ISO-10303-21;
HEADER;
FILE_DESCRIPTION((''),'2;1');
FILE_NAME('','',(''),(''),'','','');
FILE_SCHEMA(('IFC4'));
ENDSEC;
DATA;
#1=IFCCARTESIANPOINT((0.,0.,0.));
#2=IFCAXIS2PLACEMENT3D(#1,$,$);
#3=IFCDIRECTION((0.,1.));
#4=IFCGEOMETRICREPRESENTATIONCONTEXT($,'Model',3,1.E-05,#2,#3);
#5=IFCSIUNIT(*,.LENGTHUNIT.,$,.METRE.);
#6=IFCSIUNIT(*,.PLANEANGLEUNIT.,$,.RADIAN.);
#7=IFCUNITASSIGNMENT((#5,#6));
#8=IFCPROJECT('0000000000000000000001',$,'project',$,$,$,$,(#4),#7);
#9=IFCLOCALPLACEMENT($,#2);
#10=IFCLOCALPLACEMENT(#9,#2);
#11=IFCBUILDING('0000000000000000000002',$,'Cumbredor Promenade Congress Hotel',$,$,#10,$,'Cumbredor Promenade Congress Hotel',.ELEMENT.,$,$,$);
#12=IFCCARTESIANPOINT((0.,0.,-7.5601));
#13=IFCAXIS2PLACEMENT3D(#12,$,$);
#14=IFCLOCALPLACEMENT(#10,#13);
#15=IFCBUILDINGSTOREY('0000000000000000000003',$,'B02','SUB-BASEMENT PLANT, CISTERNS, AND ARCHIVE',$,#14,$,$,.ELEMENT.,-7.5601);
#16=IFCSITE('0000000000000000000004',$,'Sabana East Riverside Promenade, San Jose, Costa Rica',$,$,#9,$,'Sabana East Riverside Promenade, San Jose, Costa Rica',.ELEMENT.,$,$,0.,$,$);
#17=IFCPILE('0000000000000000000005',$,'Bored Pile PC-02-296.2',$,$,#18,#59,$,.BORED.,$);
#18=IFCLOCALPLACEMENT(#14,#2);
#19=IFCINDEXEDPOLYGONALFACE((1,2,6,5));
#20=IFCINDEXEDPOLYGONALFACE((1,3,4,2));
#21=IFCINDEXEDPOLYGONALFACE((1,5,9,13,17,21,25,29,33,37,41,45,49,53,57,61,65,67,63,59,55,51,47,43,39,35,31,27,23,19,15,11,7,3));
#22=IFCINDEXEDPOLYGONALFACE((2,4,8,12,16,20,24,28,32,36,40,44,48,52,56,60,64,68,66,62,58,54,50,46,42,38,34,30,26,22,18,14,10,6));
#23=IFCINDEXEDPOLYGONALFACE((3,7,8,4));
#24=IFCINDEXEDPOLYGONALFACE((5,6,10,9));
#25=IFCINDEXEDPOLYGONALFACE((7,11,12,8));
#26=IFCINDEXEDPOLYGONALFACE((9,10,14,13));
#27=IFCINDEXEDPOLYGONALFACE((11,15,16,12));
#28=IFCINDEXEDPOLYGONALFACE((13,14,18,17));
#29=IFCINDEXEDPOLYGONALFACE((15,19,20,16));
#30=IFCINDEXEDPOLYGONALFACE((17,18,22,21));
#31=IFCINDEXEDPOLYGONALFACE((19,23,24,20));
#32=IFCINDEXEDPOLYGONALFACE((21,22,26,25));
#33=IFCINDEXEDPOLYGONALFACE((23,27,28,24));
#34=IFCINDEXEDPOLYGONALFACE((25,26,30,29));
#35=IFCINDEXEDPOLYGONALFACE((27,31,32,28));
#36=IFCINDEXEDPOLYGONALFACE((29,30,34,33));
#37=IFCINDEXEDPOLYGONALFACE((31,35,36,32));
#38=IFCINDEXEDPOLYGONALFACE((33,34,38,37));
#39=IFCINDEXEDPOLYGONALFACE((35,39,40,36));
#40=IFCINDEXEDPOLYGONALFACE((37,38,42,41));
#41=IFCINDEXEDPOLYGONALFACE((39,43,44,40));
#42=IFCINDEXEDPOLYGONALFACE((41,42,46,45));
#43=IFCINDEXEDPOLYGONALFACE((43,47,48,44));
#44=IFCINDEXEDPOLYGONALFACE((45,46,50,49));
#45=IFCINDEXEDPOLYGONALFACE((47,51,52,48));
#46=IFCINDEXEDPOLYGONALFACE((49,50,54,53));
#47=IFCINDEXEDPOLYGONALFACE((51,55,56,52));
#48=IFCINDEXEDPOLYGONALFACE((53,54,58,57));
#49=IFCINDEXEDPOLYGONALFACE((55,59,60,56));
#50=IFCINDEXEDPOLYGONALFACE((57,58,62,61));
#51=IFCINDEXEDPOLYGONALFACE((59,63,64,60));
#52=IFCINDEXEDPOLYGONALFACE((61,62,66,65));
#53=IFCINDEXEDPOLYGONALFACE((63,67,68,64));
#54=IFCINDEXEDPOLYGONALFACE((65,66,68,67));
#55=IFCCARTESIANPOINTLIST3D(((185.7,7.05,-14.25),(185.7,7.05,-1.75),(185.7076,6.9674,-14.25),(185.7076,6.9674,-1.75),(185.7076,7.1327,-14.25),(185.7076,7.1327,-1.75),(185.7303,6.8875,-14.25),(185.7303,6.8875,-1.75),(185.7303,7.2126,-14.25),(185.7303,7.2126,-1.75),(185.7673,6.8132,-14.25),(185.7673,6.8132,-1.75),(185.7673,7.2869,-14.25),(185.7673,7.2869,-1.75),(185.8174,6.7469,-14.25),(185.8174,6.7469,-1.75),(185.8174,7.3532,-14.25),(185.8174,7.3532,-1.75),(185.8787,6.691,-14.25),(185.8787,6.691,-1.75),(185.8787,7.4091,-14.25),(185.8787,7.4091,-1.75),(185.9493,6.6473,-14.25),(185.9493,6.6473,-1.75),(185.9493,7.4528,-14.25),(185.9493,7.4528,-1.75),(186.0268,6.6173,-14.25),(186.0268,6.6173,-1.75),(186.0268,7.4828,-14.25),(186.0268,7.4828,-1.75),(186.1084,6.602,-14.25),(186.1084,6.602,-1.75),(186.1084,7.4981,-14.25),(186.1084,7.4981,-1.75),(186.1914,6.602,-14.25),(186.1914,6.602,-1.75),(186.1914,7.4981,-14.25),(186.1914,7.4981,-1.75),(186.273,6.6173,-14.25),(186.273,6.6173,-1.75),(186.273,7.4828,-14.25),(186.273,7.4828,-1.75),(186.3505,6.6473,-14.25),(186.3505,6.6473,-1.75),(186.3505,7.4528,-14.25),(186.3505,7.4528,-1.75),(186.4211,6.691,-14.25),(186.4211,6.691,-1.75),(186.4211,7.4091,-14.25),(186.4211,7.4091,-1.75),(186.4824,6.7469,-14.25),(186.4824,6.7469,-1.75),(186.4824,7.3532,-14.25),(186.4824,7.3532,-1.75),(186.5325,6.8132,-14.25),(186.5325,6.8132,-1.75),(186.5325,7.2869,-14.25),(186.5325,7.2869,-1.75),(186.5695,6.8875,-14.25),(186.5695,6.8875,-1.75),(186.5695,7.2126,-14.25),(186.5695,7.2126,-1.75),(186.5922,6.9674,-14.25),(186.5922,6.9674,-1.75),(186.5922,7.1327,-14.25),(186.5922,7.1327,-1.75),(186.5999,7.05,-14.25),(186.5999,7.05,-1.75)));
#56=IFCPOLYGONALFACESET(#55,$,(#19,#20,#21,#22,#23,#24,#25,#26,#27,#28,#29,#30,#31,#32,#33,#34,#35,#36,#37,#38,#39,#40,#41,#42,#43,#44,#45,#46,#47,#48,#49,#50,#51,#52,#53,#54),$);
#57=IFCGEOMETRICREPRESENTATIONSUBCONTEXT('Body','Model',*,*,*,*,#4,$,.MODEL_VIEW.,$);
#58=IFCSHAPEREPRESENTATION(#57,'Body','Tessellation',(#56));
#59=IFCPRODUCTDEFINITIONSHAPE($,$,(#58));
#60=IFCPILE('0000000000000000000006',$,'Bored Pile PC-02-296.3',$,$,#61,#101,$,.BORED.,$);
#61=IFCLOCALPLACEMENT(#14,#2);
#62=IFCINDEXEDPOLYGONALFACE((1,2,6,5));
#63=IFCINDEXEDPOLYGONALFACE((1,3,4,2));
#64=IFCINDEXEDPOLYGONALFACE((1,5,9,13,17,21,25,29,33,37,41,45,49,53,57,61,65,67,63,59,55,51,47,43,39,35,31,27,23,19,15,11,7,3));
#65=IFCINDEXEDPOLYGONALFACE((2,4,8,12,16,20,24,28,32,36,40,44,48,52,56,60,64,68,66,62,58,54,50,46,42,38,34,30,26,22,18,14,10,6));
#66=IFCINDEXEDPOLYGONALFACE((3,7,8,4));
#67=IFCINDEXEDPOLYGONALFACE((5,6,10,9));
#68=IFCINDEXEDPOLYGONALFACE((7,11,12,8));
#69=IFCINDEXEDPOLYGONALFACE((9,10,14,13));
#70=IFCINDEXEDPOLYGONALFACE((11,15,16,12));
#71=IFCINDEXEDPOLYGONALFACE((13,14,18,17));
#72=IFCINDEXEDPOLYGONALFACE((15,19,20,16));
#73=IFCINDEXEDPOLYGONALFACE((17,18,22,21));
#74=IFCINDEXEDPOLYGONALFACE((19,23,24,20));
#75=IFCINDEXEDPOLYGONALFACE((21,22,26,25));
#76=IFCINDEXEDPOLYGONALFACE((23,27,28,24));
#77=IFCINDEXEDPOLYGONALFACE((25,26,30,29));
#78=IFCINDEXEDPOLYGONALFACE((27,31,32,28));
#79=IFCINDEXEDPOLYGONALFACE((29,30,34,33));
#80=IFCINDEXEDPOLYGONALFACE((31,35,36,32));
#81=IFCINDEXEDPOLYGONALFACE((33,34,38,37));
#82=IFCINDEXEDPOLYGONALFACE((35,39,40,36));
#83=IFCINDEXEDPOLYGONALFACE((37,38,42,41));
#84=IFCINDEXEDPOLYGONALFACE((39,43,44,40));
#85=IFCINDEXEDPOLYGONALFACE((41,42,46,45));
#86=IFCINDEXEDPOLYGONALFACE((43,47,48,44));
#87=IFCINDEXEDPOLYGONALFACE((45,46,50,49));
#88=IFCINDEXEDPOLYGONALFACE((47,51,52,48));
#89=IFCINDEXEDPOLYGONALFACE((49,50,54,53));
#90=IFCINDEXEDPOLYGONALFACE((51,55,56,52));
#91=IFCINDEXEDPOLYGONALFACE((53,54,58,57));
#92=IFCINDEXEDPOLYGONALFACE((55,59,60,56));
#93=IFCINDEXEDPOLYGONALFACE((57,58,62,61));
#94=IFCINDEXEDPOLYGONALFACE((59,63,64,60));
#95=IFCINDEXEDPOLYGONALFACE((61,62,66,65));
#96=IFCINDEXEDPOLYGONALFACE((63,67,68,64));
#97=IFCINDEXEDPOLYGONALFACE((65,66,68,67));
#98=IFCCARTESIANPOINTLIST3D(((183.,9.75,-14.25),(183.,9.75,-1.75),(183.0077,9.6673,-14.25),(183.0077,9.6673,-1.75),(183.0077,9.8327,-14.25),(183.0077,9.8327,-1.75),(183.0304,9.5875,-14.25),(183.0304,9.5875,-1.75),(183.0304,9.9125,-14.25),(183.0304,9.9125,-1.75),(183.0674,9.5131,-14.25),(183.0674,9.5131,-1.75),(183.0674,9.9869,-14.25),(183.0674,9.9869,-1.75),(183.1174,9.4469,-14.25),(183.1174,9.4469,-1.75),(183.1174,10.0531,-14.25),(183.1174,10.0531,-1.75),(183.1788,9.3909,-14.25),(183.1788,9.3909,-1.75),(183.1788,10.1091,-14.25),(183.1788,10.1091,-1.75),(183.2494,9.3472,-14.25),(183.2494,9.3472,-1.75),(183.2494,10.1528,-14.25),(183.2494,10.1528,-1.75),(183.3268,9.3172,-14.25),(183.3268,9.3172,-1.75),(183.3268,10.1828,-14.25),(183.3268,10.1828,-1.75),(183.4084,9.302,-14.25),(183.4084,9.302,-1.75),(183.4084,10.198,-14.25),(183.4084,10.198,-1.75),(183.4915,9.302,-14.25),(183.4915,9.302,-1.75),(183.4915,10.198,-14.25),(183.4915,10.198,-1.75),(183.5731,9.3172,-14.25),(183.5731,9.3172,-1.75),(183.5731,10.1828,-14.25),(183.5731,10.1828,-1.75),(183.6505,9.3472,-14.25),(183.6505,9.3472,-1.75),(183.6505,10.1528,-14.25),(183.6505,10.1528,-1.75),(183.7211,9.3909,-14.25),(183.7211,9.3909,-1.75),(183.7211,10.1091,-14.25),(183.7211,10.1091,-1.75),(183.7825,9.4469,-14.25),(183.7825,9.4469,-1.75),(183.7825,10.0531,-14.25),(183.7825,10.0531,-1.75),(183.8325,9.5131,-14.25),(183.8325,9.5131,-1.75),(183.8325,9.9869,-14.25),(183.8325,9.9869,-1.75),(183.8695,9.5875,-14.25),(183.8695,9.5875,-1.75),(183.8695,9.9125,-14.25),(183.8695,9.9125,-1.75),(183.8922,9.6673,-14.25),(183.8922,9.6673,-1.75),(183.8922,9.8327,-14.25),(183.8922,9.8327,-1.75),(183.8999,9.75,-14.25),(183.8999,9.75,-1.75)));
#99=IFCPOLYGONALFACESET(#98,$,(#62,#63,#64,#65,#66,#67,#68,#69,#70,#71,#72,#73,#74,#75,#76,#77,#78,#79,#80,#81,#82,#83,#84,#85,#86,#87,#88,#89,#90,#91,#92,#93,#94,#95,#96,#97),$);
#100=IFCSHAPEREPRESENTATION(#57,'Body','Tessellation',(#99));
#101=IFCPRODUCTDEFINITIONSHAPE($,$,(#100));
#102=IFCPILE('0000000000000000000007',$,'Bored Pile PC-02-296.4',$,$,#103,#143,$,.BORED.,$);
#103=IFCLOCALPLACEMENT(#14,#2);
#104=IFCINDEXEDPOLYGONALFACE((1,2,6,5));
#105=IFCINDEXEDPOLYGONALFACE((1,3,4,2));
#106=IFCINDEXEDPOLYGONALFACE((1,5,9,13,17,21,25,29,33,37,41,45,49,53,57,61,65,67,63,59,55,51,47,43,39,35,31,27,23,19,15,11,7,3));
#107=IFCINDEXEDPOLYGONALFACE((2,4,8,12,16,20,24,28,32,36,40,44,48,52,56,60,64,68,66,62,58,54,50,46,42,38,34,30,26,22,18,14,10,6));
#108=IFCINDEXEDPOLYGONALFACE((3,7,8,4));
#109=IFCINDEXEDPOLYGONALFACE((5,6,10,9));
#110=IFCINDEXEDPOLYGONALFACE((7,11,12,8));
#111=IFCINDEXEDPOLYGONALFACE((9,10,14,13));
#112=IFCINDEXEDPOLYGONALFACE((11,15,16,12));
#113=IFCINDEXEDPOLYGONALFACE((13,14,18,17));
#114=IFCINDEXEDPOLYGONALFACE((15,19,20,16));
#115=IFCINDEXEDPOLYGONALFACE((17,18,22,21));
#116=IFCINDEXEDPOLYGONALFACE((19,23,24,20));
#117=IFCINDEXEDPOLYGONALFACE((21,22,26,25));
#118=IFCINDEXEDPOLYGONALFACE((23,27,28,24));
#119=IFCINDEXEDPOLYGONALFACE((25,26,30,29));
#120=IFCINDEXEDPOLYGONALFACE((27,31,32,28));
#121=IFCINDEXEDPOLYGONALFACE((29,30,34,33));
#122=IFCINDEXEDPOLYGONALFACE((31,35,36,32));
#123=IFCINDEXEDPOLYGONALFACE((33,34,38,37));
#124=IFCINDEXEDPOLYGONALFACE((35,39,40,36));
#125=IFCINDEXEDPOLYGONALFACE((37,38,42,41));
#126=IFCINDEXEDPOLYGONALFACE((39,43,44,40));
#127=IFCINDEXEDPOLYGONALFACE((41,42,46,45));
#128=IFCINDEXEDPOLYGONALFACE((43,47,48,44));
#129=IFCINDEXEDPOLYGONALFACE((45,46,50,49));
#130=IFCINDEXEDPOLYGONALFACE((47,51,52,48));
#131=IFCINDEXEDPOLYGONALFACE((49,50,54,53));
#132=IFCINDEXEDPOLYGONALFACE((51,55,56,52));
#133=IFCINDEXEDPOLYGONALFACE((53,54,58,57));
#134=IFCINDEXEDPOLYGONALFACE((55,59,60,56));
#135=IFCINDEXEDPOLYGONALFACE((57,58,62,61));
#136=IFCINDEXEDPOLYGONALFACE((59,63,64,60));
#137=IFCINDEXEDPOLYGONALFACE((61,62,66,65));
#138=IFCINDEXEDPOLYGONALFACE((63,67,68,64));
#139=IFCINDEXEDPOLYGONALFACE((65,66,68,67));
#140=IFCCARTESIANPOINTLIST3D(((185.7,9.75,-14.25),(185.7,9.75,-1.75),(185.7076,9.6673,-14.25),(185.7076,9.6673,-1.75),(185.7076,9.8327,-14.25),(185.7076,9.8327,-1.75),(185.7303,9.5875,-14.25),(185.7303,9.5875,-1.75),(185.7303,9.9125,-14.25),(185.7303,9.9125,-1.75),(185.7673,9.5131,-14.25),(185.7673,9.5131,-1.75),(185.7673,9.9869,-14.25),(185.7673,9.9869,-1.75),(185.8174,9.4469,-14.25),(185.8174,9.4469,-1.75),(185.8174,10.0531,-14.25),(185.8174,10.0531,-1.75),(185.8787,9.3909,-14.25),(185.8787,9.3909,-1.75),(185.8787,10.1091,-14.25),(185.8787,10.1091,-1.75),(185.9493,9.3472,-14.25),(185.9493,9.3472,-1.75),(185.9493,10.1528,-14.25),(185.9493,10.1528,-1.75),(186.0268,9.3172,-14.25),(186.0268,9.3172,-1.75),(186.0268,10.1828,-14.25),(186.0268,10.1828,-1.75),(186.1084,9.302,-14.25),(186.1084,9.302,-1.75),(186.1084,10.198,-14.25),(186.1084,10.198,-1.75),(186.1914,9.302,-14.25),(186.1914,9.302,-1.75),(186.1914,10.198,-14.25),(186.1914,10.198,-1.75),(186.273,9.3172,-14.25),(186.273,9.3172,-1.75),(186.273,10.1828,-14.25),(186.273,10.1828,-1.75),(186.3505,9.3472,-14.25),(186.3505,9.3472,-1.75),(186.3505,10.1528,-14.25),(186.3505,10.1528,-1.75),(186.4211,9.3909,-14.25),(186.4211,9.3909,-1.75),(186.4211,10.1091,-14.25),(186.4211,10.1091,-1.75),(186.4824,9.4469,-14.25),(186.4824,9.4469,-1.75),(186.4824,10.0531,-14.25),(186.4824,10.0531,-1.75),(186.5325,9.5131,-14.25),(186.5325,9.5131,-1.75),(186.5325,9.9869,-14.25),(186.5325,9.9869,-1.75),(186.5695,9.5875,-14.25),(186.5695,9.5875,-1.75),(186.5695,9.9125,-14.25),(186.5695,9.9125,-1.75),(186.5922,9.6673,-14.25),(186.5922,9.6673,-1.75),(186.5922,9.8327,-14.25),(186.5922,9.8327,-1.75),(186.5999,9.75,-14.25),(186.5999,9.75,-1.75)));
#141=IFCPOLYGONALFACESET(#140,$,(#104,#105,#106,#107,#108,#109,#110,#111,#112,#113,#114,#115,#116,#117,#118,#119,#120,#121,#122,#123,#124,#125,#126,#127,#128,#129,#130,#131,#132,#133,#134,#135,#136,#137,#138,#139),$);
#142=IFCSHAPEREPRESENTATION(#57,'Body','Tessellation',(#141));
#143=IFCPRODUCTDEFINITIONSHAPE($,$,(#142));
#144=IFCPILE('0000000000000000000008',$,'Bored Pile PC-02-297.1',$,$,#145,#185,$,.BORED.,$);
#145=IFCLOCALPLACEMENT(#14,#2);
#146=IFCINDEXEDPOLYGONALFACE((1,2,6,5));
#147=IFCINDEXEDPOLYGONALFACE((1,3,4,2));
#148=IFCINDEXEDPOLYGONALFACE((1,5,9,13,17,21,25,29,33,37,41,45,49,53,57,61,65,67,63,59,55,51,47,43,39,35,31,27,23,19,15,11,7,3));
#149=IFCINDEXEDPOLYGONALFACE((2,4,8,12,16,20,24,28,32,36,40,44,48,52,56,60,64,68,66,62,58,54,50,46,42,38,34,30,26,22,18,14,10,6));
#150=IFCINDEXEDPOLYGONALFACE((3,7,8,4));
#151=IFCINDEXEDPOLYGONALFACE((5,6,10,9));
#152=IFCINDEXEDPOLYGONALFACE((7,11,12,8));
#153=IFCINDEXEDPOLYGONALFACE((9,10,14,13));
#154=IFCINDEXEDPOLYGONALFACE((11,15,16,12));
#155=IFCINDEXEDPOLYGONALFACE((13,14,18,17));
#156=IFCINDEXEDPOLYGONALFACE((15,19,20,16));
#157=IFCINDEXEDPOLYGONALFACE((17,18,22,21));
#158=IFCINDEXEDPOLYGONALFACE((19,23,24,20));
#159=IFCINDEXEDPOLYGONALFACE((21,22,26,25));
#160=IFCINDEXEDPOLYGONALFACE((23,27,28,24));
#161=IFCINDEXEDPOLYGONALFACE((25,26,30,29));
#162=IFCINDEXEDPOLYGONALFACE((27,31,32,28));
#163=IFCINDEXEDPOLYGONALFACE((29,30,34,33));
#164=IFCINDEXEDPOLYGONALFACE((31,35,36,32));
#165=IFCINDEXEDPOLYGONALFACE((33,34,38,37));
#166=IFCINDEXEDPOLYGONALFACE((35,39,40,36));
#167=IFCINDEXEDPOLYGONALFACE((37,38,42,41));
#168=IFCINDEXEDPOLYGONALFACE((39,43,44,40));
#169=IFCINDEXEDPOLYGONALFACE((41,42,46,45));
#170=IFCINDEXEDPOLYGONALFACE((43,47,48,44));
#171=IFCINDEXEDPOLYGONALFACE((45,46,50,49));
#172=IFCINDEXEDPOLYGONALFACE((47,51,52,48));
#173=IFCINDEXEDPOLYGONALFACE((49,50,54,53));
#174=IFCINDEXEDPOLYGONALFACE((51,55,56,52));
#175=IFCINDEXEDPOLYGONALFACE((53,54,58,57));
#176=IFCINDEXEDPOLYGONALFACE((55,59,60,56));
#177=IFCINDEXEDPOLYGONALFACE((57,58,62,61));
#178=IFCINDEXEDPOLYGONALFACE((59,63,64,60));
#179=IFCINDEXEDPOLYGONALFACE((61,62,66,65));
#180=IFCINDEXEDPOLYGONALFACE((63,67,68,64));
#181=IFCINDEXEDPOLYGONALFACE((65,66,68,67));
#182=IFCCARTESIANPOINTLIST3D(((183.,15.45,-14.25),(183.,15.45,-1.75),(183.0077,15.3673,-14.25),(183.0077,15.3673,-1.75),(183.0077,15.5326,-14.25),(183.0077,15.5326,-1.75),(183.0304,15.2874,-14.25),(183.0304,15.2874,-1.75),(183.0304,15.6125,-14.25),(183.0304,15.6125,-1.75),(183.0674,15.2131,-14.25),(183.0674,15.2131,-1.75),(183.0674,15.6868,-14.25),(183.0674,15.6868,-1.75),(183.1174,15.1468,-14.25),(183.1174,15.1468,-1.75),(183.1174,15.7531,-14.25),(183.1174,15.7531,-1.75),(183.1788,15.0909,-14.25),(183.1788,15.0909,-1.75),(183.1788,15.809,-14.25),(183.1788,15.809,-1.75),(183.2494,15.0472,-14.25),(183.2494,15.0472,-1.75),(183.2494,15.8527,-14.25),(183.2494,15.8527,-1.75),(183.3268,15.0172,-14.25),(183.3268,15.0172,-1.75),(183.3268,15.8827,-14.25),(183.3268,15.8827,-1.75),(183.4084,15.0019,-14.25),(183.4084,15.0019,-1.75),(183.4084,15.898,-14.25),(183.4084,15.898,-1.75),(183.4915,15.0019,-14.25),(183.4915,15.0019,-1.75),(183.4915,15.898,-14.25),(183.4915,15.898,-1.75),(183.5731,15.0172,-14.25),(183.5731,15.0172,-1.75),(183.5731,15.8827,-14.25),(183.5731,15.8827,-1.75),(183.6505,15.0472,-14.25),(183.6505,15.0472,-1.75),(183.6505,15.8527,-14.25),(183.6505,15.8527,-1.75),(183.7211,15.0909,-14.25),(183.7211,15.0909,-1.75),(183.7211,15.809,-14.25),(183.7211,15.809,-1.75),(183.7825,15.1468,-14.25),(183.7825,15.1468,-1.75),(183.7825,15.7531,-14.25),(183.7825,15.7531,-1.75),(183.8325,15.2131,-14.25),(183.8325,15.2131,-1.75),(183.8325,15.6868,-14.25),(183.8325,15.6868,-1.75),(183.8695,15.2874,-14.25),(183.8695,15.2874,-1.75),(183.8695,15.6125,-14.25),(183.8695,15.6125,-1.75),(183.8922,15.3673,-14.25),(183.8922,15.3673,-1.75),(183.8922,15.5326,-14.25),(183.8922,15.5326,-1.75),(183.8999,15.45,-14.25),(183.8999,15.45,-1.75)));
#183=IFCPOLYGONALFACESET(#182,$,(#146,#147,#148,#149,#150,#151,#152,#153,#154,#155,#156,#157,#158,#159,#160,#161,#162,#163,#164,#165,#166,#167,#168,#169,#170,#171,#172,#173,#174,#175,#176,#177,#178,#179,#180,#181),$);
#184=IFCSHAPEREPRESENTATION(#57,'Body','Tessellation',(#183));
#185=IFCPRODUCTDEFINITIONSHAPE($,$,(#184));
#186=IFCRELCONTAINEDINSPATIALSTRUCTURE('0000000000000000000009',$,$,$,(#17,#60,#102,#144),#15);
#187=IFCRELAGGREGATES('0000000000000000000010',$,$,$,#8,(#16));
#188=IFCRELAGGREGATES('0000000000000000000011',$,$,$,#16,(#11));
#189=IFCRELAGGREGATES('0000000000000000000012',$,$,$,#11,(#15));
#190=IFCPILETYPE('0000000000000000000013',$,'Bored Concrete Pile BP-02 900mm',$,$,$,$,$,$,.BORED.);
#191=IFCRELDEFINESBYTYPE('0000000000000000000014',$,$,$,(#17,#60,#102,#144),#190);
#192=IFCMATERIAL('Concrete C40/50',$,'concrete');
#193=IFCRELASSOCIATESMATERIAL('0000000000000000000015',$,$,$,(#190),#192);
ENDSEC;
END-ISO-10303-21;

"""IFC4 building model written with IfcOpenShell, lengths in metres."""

from ifc_helpers import new_model, si_unit, direction, frame, origin, origin_2d, place, context, subcontext, project, spatial, circle, extrude, material, material_profile, profile_set, type_object, element, save


model = new_model("IFC4")

# Units and contexts
model_context = context("Model", 3, precision=1e-05, world=origin(), true_north=direction((0.0, 1.0)))
body_context = subcontext(model_context, "Body", "Model", "MODEL_VIEW")
ifc_project = project(units=[si_unit("LENGTHUNIT", "METRE"), si_unit("PLANEANGLEUNIT", "RADIAN")], contexts=[model_context])

# Site, building, storey
site_placement = place(None, origin())
site = spatial("IfcSite", under=ifc_project, at=site_placement, Name="Sabana East Riverside Promenade, San Jose, Costa Rica", LongName="Sabana East Riverside Promenade, San Jose, Costa Rica", CompositionType="ELEMENT", RefElevation=0.0)
building_placement = place(site_placement, origin())
building = spatial("IfcBuilding", under=site, at=building_placement, Name="Cumbredor Promenade Congress Hotel", LongName="Cumbredor Promenade Congress Hotel", CompositionType="ELEMENT")
storey_placement = place(building_placement, frame((0.0, 0.0, -7.5601)))
storey = spatial("IfcBuildingStorey", under=building, at=storey_placement, Name="B02", Description="SUB-BASEMENT PLANT, CISTERNS, AND ARCHIVE", CompositionType="ELEMENT", Elevation=-7.5601)

# Piles
ifc_material_1 = material(Name="Concrete C40/50", Category="concrete")
ifc_material_profile_1 = material_profile(ifc_material_1, circle(Radius=0.45, at=origin_2d()), Name="PILE D900")
ifc_profile_set_1 = profile_set([ifc_material_profile_1], Name="Concrete C40/50")
pile_type = type_object("IfcPileType", Name="Bored Concrete Pile BP-02 900mm", PredefinedType="BORED", material=ifc_profile_set_1)
for number, where, z_axis, x_axis, name in (
    (1, (186.1499, 7.05, -1.75), (0.0, 0.0, -1.0), (1.0, 0.0, 0.0), "Bored Pile PC-02-296.2"),
    (2, (183.45, 9.75, -1.75), (0.0, 0.0, -1.0), (1.0, 0.0, 0.0), "Bored Pile PC-02-296.3"),
    (3, (186.1499, 9.75, -1.75), (0.0, 0.0, -1.0), (1.0, 0.0, 0.0), "Bored Pile PC-02-296.4"),
    (4, (183.45, 15.45, -1.75), (0.0, 0.0, -1.0), (1.0, 0.0, 0.0), "Bored Pile PC-02-297.1"),
):
    element("IfcPile", number, at=place(storey_placement, frame(where, z_axis=z_axis, x_axis=x_axis)), inside=storey, type_object=pile_type, Name=name, PredefinedType="BORED", context=body_context, shape_type="SweptSolid", body=[
        extrude(circle(Radius=0.45, at=origin_2d()), origin(), (0.0, 0.0, 1.0), 12.5),
    ])

save(model, "model.ifc")
